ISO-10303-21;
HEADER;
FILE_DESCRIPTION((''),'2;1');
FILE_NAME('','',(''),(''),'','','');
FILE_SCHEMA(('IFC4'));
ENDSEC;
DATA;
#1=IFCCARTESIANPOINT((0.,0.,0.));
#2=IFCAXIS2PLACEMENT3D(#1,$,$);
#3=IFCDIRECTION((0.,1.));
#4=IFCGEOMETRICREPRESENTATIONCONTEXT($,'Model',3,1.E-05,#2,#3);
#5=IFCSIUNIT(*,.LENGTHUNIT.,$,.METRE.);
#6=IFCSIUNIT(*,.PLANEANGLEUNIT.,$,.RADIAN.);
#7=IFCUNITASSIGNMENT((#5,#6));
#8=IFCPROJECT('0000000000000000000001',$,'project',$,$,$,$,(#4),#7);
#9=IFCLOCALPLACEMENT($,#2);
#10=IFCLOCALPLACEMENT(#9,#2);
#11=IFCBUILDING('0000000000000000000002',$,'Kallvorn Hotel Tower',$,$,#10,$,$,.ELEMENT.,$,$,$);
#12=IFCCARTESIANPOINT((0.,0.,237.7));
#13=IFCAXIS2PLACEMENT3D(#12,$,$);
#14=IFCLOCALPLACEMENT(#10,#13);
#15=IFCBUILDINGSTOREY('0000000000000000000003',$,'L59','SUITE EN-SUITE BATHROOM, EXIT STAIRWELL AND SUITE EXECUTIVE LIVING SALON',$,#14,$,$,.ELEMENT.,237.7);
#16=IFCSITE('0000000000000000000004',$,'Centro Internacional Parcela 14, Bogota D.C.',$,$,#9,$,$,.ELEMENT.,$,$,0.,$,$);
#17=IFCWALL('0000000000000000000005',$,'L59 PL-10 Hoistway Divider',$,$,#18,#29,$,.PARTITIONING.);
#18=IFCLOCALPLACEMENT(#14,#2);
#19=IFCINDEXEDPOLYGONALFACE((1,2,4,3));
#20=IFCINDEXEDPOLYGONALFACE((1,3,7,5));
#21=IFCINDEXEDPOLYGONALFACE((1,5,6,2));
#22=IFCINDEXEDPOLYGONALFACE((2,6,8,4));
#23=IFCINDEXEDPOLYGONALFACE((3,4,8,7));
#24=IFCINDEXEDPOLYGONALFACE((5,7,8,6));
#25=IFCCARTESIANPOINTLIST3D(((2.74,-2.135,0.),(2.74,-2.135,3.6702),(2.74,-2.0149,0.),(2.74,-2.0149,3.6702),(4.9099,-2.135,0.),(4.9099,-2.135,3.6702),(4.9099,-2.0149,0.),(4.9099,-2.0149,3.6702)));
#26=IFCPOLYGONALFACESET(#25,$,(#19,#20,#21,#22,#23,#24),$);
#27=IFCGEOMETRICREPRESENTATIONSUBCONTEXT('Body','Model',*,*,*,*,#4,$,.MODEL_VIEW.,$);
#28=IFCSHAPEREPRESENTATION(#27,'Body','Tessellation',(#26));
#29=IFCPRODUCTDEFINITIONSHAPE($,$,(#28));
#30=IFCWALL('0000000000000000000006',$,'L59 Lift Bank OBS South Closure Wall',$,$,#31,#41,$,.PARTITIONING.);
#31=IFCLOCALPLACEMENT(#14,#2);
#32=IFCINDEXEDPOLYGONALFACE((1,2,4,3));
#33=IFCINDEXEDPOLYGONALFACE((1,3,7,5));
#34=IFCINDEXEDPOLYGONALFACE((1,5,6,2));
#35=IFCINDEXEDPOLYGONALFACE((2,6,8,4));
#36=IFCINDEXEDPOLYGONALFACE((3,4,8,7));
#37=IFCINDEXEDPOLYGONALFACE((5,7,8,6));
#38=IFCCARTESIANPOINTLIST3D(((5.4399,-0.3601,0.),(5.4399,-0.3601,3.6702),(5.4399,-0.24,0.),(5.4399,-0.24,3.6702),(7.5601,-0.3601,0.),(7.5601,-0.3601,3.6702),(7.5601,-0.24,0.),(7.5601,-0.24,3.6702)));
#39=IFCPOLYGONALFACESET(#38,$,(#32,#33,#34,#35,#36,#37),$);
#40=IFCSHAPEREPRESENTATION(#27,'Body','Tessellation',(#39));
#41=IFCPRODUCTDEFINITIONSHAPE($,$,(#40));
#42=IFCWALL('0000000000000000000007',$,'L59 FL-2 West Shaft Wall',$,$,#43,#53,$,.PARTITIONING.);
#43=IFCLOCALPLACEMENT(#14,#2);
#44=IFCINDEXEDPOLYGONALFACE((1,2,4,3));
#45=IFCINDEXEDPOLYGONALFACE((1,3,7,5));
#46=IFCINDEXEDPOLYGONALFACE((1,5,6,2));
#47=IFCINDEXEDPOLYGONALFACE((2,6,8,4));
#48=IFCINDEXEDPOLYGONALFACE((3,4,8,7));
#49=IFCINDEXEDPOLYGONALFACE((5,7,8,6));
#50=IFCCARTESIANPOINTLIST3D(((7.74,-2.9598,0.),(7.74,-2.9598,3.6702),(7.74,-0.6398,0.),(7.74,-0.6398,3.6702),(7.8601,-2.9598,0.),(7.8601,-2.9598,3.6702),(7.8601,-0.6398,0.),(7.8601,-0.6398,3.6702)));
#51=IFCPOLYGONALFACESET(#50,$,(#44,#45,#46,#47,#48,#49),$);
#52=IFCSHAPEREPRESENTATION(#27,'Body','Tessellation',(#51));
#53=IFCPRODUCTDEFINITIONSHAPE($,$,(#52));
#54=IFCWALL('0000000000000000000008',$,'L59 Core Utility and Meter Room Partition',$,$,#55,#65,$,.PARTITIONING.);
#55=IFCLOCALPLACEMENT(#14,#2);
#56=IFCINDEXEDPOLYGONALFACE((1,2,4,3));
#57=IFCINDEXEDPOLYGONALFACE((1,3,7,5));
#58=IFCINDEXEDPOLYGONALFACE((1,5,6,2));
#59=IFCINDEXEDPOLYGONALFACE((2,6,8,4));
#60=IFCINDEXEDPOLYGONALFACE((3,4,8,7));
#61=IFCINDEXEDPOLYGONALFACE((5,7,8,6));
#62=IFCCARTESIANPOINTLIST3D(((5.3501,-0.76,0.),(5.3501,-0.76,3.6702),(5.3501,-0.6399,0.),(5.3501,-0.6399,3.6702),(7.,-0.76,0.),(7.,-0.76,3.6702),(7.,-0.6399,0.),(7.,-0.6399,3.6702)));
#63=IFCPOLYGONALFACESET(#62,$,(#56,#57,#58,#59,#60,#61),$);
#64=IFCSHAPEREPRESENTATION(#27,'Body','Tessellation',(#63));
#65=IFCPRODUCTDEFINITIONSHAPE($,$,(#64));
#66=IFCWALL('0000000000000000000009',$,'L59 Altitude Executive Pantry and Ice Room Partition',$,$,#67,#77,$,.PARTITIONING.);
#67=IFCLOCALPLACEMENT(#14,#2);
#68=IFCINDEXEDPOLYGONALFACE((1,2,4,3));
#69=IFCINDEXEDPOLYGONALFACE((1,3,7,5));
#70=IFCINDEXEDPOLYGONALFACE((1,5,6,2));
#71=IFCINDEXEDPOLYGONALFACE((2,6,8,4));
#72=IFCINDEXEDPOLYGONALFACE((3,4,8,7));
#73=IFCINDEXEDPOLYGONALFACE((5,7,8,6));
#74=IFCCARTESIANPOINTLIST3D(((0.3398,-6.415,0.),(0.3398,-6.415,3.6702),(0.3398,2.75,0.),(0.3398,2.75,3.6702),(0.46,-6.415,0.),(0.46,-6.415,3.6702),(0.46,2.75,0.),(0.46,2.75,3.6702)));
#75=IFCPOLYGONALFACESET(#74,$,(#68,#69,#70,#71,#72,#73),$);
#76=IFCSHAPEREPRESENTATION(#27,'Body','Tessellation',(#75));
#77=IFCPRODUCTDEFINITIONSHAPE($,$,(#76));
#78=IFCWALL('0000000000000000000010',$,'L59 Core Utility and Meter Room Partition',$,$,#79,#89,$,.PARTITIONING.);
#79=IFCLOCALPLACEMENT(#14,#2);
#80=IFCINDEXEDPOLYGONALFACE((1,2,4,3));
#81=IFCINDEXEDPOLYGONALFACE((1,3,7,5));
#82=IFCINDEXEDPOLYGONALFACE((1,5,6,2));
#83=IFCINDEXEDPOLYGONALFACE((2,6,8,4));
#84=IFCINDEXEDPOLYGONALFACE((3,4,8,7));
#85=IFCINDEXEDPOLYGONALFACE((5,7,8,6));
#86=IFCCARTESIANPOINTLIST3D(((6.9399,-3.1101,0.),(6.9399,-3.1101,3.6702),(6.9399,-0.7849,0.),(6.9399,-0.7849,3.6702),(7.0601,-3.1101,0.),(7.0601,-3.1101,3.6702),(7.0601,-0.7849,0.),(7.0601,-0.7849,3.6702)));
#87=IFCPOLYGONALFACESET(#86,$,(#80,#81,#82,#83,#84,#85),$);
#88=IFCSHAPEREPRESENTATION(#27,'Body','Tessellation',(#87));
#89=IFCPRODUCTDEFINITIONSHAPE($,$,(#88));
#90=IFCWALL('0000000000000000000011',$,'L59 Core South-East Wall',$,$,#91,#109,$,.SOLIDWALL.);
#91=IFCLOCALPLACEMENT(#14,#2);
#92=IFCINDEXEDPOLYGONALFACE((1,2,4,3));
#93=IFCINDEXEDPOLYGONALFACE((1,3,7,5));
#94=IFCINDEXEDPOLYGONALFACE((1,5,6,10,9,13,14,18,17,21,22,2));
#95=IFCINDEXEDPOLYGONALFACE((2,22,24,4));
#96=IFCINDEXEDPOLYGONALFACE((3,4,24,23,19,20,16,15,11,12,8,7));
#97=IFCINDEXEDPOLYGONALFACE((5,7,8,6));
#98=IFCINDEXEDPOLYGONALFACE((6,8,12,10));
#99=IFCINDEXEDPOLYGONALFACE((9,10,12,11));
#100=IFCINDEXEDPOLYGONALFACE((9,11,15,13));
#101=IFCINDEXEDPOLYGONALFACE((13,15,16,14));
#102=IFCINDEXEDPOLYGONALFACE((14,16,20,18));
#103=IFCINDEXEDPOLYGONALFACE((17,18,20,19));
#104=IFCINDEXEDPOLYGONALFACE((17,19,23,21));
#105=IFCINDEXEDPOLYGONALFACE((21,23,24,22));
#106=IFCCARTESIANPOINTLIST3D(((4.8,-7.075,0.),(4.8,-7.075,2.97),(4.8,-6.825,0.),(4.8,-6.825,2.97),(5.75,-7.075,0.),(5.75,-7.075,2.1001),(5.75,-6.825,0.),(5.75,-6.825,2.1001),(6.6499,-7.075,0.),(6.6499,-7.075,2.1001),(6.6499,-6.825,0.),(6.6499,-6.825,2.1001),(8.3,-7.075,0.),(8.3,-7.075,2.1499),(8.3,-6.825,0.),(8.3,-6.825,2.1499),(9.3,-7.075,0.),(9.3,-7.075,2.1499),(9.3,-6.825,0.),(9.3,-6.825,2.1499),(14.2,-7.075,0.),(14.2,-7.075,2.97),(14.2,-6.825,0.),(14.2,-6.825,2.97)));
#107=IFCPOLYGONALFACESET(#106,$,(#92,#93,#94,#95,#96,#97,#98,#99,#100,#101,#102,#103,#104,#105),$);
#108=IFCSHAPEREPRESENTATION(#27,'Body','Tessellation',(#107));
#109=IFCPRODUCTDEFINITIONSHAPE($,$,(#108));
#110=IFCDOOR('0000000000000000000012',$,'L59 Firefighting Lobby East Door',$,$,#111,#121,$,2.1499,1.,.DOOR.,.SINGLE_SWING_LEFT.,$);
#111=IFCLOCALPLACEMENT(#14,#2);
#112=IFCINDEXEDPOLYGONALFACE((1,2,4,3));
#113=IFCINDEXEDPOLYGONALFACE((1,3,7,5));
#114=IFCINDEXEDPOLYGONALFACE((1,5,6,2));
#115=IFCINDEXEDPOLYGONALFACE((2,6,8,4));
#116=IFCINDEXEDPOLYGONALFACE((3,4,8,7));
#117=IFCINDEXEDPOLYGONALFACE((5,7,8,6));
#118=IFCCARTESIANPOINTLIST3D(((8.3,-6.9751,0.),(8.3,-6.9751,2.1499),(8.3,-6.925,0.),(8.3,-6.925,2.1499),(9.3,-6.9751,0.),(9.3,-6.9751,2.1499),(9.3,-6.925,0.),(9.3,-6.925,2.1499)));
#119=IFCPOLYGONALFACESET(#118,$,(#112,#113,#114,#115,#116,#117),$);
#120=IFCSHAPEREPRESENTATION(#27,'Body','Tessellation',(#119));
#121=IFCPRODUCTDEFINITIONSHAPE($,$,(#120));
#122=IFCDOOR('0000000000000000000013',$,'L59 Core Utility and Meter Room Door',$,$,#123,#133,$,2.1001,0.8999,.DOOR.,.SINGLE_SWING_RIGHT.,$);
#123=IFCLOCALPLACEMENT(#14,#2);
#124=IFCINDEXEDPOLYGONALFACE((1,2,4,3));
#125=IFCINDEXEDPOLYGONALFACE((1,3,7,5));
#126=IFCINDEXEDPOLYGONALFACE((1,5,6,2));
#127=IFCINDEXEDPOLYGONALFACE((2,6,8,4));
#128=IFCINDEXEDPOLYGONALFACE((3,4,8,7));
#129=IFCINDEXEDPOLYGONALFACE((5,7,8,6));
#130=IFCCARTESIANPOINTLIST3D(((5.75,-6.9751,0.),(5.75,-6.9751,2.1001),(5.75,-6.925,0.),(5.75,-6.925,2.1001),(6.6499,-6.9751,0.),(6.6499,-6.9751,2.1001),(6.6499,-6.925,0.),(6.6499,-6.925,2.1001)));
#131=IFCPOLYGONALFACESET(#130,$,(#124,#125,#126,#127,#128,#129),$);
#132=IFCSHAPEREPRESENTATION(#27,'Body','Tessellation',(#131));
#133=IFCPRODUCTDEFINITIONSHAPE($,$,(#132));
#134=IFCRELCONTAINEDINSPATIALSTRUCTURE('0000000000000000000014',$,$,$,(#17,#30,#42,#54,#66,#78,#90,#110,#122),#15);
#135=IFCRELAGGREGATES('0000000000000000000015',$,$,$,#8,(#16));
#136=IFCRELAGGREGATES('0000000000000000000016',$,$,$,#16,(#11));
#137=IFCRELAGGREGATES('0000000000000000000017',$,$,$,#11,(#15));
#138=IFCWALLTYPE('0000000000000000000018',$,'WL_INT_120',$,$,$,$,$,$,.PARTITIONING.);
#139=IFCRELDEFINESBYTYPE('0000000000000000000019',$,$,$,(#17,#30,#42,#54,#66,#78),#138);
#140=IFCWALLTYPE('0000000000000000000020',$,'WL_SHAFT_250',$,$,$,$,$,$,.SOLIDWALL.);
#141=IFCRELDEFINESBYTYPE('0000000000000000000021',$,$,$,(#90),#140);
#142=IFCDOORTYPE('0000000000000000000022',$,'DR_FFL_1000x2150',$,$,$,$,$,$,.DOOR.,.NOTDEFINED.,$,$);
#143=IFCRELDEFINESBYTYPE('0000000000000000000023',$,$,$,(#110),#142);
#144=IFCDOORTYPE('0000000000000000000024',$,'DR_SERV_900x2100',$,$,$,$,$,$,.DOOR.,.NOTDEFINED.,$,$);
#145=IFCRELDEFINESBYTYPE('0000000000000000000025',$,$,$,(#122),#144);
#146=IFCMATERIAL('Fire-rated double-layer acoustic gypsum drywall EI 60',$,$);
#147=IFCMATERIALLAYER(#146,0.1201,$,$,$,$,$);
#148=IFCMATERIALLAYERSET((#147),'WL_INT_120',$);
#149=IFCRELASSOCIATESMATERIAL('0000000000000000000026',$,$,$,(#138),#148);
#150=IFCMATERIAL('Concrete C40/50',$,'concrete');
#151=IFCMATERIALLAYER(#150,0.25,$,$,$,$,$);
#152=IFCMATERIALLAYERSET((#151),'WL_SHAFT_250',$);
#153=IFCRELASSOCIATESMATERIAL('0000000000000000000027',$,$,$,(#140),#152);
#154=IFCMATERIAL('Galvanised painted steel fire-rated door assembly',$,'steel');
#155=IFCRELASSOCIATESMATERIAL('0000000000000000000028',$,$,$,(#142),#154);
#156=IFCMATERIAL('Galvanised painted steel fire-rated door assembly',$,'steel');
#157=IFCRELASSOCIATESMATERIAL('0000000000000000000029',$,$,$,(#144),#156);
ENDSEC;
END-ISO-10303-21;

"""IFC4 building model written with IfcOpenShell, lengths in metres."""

from ifc_helpers import new_model, si_unit, direction, frame, frame_2d, origin, place, context, subcontext, project, spatial, rectangle, extrude, material, layer, layer_set, type_object, element, fill, save


model = new_model("IFC4")

# Units and contexts
model_context = context("Model", 3, precision=1e-05, world=origin(), true_north=direction((0.0, 1.0)))
body_context = subcontext(model_context, "Body", "Model", "MODEL_VIEW")
ifc_project = project(units=[si_unit("LENGTHUNIT", "METRE"), si_unit("PLANEANGLEUNIT", "RADIAN")], contexts=[model_context])

# Site, building, storey
site_placement = place(None, origin())
site = spatial("IfcSite", under=ifc_project, at=site_placement, Name="Centro Internacional Parcela 14, Bogota D.C.", CompositionType="ELEMENT", RefElevation=0.0)
building_placement = place(site_placement, origin())
building = spatial("IfcBuilding", under=site, at=building_placement, Name="Kallvorn Hotel Tower", CompositionType="ELEMENT")
storey_placement = place(building_placement, frame((0.0, 0.0, 237.7)))
storey = spatial("IfcBuildingStorey", under=building, at=storey_placement, Name="L59", Description="SUITE EN-SUITE BATHROOM, EXIT STAIRWELL AND SUITE EXECUTIVE LIVING SALON", CompositionType="ELEMENT", Elevation=237.7)

# Walls
ifc_material_1 = material(Name="Fire-rated double-layer acoustic gypsum drywall EI 60")
ifc_layer_1 = layer(ifc_material_1, 0.1201)
ifc_layer_set_1 = layer_set([ifc_layer_1], Name="WL_INT_120")
wall_type_1 = type_object("IfcWallType", Name="WL_INT_120", PredefinedType="PARTITIONING", material=ifc_layer_set_1)
for number, where, z_axis, x_axis, name in (
    (1, (2.74, -2.075, 0.0), (0.0, 0.0, 1.0), (1.0, 0.0, 0.0), "L59 PL-10 Hoistway Divider"),
):
    element("IfcWall", number, at=place(storey_placement, frame(where, z_axis=z_axis, x_axis=x_axis)), inside=storey, type_object=wall_type_1, Name=name, PredefinedType="PARTITIONING", context=body_context, shape_type="SweptSolid", body=[
        extrude(rectangle(XDim=2.1699, YDim=0.1201, at=frame_2d((1.085, 0.0))), origin(), (0.0, 0.0, 1.0), 3.6702),
    ])
wall_1_placement = place(storey_placement, frame((5.4399, -0.3, 0.0), z_axis=(0.0, 0.0, 1.0), x_axis=(1.0, 0.0, 0.0)))
element("IfcWall", 2, at=wall_1_placement, inside=storey, type_object=wall_type_1, Name="L59 Lift Bank OBS South Closure Wall", PredefinedType="PARTITIONING", context=body_context, shape_type="SweptSolid", body=[
    extrude(rectangle(XDim=2.1201, YDim=0.1201, at=frame_2d((1.0601, 0.0))), origin(), (0.0, 0.0, 1.0), 3.6702),
])
wall_2_placement = place(storey_placement, frame((7.8, -2.96, 0.0), z_axis=(0.0, 0.0, 1.0), x_axis=(0.0, 1.0, 0.0)))
element("IfcWall", 3, at=wall_2_placement, inside=storey, type_object=wall_type_1, Name="L59 FL-2 West Shaft Wall", PredefinedType="PARTITIONING", context=body_context, shape_type="SweptSolid", body=[
    extrude(rectangle(XDim=2.3201, YDim=0.1201, at=frame_2d((1.1602, 0.0))), origin(), (0.0, 0.0, 1.0), 3.6702),
])
wall_3_placement = place(storey_placement, frame((5.3501, -0.7, 0.0), z_axis=(0.0, 0.0, 1.0), x_axis=(1.0, 0.0, 0.0)))
element("IfcWall", 4, at=wall_3_placement, inside=storey, type_object=wall_type_1, Name="L59 Core Utility and Meter Room Partition", PredefinedType="PARTITIONING", context=body_context, shape_type="SweptSolid", body=[
    extrude(rectangle(XDim=1.6499, YDim=0.1201, at=frame_2d((0.825, 0.0))), origin(), (0.0, 0.0, 1.0), 3.6702),
])
wall_4_placement = place(storey_placement, frame((0.3999, -6.415, 0.0), z_axis=(0.0, 0.0, 1.0), x_axis=(0.0, 1.0, 0.0)))
element("IfcWall", 5, at=wall_4_placement, inside=storey, type_object=wall_type_1, Name="L59 Altitude Executive Pantry and Ice Room Partition", PredefinedType="PARTITIONING", context=body_context, shape_type="SweptSolid", body=[
    extrude(rectangle(XDim=9.165, YDim=0.1201, at=frame_2d((4.5825, 0.0))), origin(), (0.0, 0.0, 1.0), 3.6702),
])
wall_5_placement = place(storey_placement, frame((7.0, -3.1101, 0.0), z_axis=(0.0, 0.0, 1.0), x_axis=(0.0, 1.0, 0.0)))
element("IfcWall", 6, at=wall_5_placement, inside=storey, type_object=wall_type_1, Name="L59 Core Utility and Meter Room Partition", PredefinedType="PARTITIONING", context=body_context, shape_type="SweptSolid", body=[
    extrude(rectangle(XDim=2.3252, YDim=0.1201, at=frame_2d((1.1626, 0.0))), origin(), (0.0, 0.0, 1.0), 3.6702),
])

# Wall, openings, doors
ifc_material_2 = material(Name="Concrete C40/50", Category="concrete")
ifc_layer_2 = layer(ifc_material_2, 0.25)
ifc_layer_set_2 = layer_set([ifc_layer_2], Name="WL_SHAFT_250")
wall_type_2 = type_object("IfcWallType", Name="WL_SHAFT_250", PredefinedType="SOLIDWALL", material=ifc_layer_set_2)
wall_6_placement = place(storey_placement, frame((4.8, -6.95, 0.0), z_axis=(0.0, 0.0, 1.0), x_axis=(1.0, 0.0, 0.0)))
wall_6 = element("IfcWall", 7, at=wall_6_placement, inside=storey, type_object=wall_type_2, Name="L59 Core South-East Wall", PredefinedType="SOLIDWALL", context=body_context, shape_type="SweptSolid", body=[
    extrude(rectangle(XDim=9.3999, YDim=0.25, at=frame_2d((4.7, 0.0))), origin(), (0.0, 0.0, 1.0), 2.97),
])
opening_1_placement = place(wall_6_placement, frame((3.5, 0.0, 0.0)))
opening_1 = element("IfcOpeningElement", 8, at=opening_1_placement, cuts=wall_6, PredefinedType="OPENING", context=body_context, shape_type="SweptSolid", body=[
    extrude(rectangle(XDim=1.0, YDim=2.1499, at=frame_2d((0.5, 1.075))), frame((0.0, 0.1399, 0.0), z_axis=(0.0, -1.0, 0.0), x_axis=(1.0, 0.0, 0.0)), (0.0, 0.0, 1.0), 0.28),
])
opening_2_placement = place(wall_6_placement, frame((0.95, 0.0, 0.0)))
opening_2 = element("IfcOpeningElement", 9, at=opening_2_placement, cuts=wall_6, PredefinedType="OPENING", context=body_context, shape_type="SweptSolid", body=[
    extrude(rectangle(XDim=0.8999, YDim=2.1001, at=frame_2d((0.45, 1.05))), frame((0.0, 0.1399, 0.0), z_axis=(0.0, -1.0, 0.0), x_axis=(1.0, 0.0, 0.0)), (0.0, 0.0, 1.0), 0.28),
])
ifc_material_3 = material(Name="Galvanised painted steel fire-rated door assembly", Category="steel")
door_type_1 = type_object("IfcDoorType", Name="DR_FFL_1000x2150", OperationType="NOTDEFINED", PredefinedType="DOOR", material=ifc_material_3)
door_1_placement = place(opening_1_placement, origin())
door_1 = element("IfcDoor", 10, at=door_1_placement, inside=storey, type_object=door_type_1, Name="L59 Firefighting Lobby East Door", OperationType="SINGLE_SWING_LEFT", OverallHeight=2.1499, OverallWidth=1.0, PredefinedType="DOOR", context=body_context, shape_type="SweptSolid", body=[
    extrude(rectangle(XDim=1.0, YDim=2.1499, at=frame_2d((0.5, 1.075))), frame((0.0, 0.0249, 0.0), z_axis=(0.0, -1.0, 0.0), x_axis=(1.0, 0.0, 0.0)), (0.0, 0.0, 1.0), 0.05),
])
fill(opening_1, door_1)
ifc_material_4 = material(Name="Galvanised painted steel fire-rated door assembly", Category="steel")
door_type_2 = type_object("IfcDoorType", Name="DR_SERV_900x2100", OperationType="NOTDEFINED", PredefinedType="DOOR", material=ifc_material_4)
door_2_placement = place(opening_2_placement, origin())
door_2 = element("IfcDoor", 11, at=door_2_placement, inside=storey, type_object=door_type_2, Name="L59 Core Utility and Meter Room Door", OperationType="SINGLE_SWING_RIGHT", OverallHeight=2.1001, OverallWidth=0.8999, PredefinedType="DOOR", context=body_context, shape_type="SweptSolid", body=[
    extrude(rectangle(XDim=0.8999, YDim=2.1001, at=frame_2d((0.45, 1.05))), frame((0.0, 0.0249, 0.0), z_axis=(0.0, -1.0, 0.0), x_axis=(1.0, 0.0, 0.0)), (0.0, 0.0, 1.0), 0.05),
])
fill(opening_2, door_2)

save(model, "model.ifc")
